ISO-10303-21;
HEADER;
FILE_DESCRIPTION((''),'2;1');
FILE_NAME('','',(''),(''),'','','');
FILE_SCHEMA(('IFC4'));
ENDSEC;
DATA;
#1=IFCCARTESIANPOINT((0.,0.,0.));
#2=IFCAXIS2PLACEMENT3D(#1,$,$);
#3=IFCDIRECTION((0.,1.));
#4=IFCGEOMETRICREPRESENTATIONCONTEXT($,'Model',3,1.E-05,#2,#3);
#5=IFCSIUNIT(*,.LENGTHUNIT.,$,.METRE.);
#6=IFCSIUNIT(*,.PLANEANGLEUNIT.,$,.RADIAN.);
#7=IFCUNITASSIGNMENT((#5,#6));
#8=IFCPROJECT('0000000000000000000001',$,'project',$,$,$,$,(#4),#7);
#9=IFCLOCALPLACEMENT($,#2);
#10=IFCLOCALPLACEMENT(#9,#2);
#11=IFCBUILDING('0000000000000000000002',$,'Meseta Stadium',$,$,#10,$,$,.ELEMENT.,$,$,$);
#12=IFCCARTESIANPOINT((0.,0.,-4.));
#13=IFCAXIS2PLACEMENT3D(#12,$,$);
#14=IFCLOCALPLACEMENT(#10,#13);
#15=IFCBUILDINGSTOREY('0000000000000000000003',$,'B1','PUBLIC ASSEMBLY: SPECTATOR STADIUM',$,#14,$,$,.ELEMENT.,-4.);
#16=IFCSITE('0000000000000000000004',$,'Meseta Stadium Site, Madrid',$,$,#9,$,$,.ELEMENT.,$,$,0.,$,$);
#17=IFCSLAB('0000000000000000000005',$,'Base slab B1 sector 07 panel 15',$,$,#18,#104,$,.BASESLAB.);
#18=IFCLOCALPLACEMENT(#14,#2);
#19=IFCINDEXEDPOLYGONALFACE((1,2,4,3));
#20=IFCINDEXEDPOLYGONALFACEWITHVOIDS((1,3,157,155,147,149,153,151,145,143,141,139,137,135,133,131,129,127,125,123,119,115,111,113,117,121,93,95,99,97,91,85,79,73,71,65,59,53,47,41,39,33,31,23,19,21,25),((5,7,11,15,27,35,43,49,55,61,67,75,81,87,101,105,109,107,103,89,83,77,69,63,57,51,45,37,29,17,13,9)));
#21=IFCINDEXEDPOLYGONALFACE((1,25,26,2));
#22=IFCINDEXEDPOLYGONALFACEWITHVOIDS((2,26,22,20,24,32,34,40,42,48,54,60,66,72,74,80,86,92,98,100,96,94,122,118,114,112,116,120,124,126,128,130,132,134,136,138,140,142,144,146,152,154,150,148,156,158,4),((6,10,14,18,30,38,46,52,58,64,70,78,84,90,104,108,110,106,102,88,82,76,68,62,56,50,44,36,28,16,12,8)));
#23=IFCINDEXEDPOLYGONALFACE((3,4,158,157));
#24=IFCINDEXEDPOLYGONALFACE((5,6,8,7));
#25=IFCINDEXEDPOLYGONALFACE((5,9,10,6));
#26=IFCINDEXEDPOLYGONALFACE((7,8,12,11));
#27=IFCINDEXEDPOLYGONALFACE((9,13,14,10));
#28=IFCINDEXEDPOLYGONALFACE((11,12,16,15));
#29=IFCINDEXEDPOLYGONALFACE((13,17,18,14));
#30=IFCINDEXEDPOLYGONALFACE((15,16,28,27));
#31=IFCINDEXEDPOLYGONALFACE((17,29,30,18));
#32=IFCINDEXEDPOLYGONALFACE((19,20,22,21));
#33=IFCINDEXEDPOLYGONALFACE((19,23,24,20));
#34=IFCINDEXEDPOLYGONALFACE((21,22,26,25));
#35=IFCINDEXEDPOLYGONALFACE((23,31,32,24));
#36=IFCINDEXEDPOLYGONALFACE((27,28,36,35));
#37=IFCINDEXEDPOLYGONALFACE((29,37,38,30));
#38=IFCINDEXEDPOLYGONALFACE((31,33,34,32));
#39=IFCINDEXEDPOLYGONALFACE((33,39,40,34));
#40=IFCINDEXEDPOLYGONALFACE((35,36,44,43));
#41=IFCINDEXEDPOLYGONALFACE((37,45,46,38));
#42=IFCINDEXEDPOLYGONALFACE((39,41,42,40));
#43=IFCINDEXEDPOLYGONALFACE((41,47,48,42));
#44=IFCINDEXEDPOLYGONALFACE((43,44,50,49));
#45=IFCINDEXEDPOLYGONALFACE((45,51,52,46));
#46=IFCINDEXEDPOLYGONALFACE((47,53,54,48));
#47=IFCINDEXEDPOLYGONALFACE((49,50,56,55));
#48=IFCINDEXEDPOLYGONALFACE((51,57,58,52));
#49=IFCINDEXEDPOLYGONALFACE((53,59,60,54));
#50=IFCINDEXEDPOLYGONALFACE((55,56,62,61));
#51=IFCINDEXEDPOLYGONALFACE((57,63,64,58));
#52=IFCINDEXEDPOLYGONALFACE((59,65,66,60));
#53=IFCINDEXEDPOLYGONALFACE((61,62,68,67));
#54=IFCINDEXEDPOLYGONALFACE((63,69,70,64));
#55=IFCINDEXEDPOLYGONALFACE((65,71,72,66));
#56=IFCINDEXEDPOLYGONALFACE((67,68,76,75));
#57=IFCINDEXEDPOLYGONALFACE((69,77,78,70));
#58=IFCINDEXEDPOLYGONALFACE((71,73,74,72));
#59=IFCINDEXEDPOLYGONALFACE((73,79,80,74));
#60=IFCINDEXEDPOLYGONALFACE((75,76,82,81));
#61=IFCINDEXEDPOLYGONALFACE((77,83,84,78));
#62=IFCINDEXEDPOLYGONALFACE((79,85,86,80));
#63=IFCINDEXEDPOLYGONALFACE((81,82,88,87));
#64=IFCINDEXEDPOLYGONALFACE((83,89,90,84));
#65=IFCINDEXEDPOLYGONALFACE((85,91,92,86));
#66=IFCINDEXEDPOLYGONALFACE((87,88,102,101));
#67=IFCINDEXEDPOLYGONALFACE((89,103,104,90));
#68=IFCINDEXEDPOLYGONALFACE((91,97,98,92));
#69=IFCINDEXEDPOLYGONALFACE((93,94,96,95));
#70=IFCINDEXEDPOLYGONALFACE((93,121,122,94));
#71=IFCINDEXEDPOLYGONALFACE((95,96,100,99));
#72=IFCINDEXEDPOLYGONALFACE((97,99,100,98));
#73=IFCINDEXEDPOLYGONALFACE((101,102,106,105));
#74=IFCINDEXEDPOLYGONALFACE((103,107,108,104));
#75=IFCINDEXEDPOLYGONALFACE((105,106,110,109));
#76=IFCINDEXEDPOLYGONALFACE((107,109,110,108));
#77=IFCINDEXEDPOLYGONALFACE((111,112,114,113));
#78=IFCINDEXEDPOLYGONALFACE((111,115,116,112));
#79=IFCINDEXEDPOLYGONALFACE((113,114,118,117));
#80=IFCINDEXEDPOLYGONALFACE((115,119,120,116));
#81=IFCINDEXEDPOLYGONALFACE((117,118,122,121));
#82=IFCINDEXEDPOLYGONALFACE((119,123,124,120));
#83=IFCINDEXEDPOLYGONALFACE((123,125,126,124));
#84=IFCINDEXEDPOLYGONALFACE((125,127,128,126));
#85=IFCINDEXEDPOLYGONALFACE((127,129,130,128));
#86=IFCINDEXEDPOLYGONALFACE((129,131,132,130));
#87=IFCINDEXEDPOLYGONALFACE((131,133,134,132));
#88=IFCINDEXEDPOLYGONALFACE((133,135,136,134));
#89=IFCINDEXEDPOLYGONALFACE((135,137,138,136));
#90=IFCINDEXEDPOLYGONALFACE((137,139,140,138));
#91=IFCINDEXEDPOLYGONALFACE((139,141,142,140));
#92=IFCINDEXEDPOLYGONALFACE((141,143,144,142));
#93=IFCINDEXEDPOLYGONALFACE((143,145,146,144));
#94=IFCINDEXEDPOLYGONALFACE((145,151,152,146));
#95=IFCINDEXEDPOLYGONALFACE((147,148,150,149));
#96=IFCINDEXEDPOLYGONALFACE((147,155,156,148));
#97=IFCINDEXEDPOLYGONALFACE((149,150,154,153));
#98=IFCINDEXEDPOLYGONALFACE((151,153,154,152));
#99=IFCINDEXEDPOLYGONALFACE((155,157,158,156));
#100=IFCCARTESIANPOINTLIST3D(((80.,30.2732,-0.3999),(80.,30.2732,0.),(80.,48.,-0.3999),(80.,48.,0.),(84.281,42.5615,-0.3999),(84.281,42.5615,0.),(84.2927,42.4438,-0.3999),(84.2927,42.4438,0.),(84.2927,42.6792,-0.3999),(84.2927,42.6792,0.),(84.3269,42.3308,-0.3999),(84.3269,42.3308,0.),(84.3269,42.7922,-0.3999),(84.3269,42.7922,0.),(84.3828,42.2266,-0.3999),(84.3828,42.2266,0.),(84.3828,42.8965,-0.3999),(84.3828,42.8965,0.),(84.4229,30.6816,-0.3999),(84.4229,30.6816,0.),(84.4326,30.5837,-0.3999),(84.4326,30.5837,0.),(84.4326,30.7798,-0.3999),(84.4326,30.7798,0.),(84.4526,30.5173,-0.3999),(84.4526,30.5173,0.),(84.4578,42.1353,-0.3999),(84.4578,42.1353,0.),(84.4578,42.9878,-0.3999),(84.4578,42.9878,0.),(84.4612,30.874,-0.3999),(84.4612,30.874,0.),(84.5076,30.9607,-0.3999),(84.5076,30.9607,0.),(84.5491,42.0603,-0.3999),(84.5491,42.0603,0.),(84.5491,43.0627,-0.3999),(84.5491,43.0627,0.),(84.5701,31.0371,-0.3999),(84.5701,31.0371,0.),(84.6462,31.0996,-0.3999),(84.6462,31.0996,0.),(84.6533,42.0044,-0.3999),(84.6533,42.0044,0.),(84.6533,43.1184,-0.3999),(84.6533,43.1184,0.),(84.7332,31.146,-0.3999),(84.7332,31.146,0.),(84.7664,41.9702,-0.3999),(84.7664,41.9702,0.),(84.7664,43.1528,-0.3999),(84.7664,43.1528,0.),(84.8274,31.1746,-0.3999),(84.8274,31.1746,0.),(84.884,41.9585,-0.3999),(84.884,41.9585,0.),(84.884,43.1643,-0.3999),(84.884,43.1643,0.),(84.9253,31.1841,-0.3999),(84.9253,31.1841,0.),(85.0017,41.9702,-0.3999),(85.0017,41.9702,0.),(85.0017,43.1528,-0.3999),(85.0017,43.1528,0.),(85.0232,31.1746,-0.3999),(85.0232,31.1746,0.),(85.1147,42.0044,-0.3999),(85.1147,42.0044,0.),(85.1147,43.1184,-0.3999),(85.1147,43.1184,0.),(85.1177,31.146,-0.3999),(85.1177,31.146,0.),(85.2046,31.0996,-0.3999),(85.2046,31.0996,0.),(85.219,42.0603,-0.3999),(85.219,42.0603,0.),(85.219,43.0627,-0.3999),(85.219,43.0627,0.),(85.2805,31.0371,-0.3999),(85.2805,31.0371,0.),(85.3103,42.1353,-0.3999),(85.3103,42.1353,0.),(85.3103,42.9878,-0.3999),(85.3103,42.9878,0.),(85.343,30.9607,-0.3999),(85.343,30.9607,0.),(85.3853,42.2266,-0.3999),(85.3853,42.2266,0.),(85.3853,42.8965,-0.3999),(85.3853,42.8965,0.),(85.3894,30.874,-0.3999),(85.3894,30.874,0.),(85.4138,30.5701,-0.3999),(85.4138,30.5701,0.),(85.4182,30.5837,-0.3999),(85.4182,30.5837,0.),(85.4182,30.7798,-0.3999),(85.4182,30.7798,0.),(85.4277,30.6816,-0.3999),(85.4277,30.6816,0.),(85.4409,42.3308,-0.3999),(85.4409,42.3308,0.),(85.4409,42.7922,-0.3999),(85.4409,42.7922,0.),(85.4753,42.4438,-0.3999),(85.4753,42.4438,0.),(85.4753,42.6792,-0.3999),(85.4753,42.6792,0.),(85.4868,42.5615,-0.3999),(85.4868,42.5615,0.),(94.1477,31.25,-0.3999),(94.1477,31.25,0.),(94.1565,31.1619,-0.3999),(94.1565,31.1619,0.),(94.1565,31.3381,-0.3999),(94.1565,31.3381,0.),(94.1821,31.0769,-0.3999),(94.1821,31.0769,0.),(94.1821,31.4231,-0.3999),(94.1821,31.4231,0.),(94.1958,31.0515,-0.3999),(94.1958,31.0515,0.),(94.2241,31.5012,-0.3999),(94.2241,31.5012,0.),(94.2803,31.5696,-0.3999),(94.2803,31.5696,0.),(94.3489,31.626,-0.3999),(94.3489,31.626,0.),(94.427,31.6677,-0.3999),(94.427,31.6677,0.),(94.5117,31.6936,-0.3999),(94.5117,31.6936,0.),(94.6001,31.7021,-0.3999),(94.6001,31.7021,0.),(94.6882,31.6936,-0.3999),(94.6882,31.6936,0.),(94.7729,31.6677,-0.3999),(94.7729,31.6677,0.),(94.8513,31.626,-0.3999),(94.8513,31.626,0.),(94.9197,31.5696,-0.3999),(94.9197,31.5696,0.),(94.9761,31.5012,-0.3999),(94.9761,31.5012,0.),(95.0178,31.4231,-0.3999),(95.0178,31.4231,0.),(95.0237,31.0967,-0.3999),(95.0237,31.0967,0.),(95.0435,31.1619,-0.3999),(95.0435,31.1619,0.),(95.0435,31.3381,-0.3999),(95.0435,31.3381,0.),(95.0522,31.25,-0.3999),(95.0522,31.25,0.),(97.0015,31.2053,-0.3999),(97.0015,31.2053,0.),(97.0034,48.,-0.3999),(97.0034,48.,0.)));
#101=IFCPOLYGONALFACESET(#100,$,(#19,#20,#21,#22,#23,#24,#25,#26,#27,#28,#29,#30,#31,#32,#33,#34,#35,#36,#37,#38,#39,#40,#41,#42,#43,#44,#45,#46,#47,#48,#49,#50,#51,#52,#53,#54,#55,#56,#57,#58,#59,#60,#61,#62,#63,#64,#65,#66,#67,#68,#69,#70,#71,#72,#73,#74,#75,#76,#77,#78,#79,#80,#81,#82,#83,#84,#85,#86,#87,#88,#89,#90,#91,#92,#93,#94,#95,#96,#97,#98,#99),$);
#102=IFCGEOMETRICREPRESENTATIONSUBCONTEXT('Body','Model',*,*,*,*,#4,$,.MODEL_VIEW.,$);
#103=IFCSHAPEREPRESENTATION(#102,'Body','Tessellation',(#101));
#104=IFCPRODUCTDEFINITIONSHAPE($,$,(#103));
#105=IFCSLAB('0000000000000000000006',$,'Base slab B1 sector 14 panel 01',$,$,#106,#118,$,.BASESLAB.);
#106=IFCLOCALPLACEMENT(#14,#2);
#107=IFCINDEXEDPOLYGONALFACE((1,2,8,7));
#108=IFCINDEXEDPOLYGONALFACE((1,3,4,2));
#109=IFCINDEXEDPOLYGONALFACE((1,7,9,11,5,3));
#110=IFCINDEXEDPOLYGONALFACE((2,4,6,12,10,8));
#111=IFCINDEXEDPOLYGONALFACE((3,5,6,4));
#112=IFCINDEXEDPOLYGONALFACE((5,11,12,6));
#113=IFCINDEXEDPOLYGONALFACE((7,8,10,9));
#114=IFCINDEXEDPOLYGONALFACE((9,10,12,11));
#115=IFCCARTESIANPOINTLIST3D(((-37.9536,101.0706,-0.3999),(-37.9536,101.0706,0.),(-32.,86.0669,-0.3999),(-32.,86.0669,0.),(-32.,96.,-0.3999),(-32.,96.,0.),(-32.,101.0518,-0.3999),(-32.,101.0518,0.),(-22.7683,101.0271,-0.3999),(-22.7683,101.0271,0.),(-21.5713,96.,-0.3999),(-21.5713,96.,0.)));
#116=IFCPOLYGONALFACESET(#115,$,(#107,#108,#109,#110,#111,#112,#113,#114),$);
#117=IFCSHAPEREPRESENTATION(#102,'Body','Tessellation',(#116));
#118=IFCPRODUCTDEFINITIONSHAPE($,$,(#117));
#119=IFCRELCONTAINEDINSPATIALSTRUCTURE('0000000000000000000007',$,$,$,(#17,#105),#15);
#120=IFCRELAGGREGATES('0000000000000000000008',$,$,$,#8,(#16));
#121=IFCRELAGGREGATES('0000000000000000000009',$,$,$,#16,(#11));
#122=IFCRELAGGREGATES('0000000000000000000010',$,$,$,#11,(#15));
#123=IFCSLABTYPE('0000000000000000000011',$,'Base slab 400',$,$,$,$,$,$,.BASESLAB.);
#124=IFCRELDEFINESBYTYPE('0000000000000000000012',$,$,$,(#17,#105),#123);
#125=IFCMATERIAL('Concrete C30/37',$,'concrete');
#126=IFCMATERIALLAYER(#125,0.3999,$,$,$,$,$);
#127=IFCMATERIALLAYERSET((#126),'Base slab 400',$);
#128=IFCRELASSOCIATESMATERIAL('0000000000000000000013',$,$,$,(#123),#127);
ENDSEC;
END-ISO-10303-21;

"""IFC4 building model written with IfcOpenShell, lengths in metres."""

from ifc_helpers import new_model, si_unit, direction, frame, origin, place, context, subcontext, project, spatial, polyline, outline, extrude, material, layer, layer_set, type_object, element, save


model = new_model("IFC4")

# Units and contexts
model_context = context("Model", 3, precision=1e-05, world=origin(), true_north=direction((0.0, 1.0)))
body_context = subcontext(model_context, "Body", "Model", "MODEL_VIEW")
ifc_project = project(units=[si_unit("LENGTHUNIT", "METRE"), si_unit("PLANEANGLEUNIT", "RADIAN")], contexts=[model_context])

# Site, building, storey
site_placement = place(None, origin())
site = spatial("IfcSite", under=ifc_project, at=site_placement, Name="Meseta Stadium Site, Madrid", CompositionType="ELEMENT", RefElevation=0.0)
building_placement = place(site_placement, origin())
building = spatial("IfcBuilding", under=site, at=building_placement, Name="Meseta Stadium", CompositionType="ELEMENT")
storey_placement = place(building_placement, frame((0.0, 0.0, -4.0)))
storey = spatial("IfcBuildingStorey", under=building, at=storey_placement, Name="B1", Description="PUBLIC ASSEMBLY: SPECTATOR STADIUM", CompositionType="ELEMENT", Elevation=-4.0)

# Slabs
ifc_material_1 = material(Name="Concrete C30/37", Category="concrete")
ifc_layer = layer(ifc_material_1, 0.3999)
ifc_layer_set = layer_set([ifc_layer], Name="Base slab 400")
slab_type = type_object("IfcSlabType", Name="Base slab 400", PredefinedType="BASESLAB", material=ifc_layer_set)
slab_1_placement = place(storey_placement, frame((0.0, 0.0, -0.3999)))
element("IfcSlab", 1, at=slab_1_placement, inside=storey, type_object=slab_type, Name="Base slab B1 sector 07 panel 15", PredefinedType="BASESLAB", context=body_context, shape_type="SweptSolid", body=[
    extrude(outline(polyline([(94.5117, 31.6936), (94.6001, 31.7021), (94.6882, 31.6936), (94.7729, 31.6677), (94.8513, 31.626), (94.9197, 31.5696), (94.9761, 31.5012), (95.0178, 31.4231), (95.0435, 31.3381), (95.0522, 31.25), (95.0435, 31.1619), (95.0237, 31.0967), (97.0015, 31.2053), (97.0034, 48.0), (80.0, 48.0), (80.0, 30.2732), (84.4526, 30.5173), (84.4326, 30.5837), (84.4229, 30.6816), (84.4326, 30.7798), (84.4612, 30.874), (84.5076, 30.9607), (84.5701, 31.0371), (84.6462, 31.0996), (84.7332, 31.146), (84.8274, 31.1746), (84.9253, 31.1841), (85.0232, 31.1746), (85.1177, 31.146), (85.2046, 31.0996), (85.2805, 31.0371), (85.343, 30.9607), (85.3894, 30.874), (85.4182, 30.7798), (85.4277, 30.6816), (85.4182, 30.5837), (85.4138, 30.5701), (94.1958, 31.0515), (94.1821, 31.0769), (94.1565, 31.1619), (94.1477, 31.25), (94.1565, 31.3381), (94.1821, 31.4231), (94.2241, 31.5012), (94.2803, 31.5696), (94.3489, 31.626), (94.427, 31.6677), (94.5117, 31.6936)]), holes=[polyline([(84.3269, 42.3308), (84.2927, 42.4438), (84.281, 42.5615), (84.2927, 42.6792), (84.3269, 42.7922), (84.3828, 42.8965), (84.4578, 42.9878), (84.5491, 43.0627), (84.6533, 43.1184), (84.7664, 43.1528), (84.884, 43.1643), (85.0017, 43.1528), (85.1147, 43.1184), (85.219, 43.0627), (85.3103, 42.9878), (85.3853, 42.8965), (85.4409, 42.7922), (85.4753, 42.6792), (85.4868, 42.5615), (85.4753, 42.4438), (85.4409, 42.3308), (85.3853, 42.2266), (85.3103, 42.1353), (85.219, 42.0603), (85.1147, 42.0044), (85.0017, 41.9702), (84.884, 41.9585), (84.7664, 41.9702), (84.6533, 42.0044), (84.5491, 42.0603), (84.4578, 42.1353), (84.3828, 42.2266), (84.3269, 42.3308)])]), origin(), (0.0, 0.0, 1.0), 0.3999),
])
slab_2_placement = place(storey_placement, frame((0.0, 0.0, -0.3999)))
element("IfcSlab", 2, at=slab_2_placement, inside=storey, type_object=slab_type, Name="Base slab B1 sector 14 panel 01", PredefinedType="BASESLAB", context=body_context, shape_type="SweptSolid", body=[
    extrude(outline(polyline([(-32.0, 101.0518), (-37.9536, 101.0706), (-32.0, 86.0669), (-32.0, 96.0), (-21.5713, 96.0), (-22.7683, 101.0271), (-32.0, 101.0518)])), origin(), (0.0, 0.0, 1.0), 0.3999),
])

save(model, "model.ifc")
